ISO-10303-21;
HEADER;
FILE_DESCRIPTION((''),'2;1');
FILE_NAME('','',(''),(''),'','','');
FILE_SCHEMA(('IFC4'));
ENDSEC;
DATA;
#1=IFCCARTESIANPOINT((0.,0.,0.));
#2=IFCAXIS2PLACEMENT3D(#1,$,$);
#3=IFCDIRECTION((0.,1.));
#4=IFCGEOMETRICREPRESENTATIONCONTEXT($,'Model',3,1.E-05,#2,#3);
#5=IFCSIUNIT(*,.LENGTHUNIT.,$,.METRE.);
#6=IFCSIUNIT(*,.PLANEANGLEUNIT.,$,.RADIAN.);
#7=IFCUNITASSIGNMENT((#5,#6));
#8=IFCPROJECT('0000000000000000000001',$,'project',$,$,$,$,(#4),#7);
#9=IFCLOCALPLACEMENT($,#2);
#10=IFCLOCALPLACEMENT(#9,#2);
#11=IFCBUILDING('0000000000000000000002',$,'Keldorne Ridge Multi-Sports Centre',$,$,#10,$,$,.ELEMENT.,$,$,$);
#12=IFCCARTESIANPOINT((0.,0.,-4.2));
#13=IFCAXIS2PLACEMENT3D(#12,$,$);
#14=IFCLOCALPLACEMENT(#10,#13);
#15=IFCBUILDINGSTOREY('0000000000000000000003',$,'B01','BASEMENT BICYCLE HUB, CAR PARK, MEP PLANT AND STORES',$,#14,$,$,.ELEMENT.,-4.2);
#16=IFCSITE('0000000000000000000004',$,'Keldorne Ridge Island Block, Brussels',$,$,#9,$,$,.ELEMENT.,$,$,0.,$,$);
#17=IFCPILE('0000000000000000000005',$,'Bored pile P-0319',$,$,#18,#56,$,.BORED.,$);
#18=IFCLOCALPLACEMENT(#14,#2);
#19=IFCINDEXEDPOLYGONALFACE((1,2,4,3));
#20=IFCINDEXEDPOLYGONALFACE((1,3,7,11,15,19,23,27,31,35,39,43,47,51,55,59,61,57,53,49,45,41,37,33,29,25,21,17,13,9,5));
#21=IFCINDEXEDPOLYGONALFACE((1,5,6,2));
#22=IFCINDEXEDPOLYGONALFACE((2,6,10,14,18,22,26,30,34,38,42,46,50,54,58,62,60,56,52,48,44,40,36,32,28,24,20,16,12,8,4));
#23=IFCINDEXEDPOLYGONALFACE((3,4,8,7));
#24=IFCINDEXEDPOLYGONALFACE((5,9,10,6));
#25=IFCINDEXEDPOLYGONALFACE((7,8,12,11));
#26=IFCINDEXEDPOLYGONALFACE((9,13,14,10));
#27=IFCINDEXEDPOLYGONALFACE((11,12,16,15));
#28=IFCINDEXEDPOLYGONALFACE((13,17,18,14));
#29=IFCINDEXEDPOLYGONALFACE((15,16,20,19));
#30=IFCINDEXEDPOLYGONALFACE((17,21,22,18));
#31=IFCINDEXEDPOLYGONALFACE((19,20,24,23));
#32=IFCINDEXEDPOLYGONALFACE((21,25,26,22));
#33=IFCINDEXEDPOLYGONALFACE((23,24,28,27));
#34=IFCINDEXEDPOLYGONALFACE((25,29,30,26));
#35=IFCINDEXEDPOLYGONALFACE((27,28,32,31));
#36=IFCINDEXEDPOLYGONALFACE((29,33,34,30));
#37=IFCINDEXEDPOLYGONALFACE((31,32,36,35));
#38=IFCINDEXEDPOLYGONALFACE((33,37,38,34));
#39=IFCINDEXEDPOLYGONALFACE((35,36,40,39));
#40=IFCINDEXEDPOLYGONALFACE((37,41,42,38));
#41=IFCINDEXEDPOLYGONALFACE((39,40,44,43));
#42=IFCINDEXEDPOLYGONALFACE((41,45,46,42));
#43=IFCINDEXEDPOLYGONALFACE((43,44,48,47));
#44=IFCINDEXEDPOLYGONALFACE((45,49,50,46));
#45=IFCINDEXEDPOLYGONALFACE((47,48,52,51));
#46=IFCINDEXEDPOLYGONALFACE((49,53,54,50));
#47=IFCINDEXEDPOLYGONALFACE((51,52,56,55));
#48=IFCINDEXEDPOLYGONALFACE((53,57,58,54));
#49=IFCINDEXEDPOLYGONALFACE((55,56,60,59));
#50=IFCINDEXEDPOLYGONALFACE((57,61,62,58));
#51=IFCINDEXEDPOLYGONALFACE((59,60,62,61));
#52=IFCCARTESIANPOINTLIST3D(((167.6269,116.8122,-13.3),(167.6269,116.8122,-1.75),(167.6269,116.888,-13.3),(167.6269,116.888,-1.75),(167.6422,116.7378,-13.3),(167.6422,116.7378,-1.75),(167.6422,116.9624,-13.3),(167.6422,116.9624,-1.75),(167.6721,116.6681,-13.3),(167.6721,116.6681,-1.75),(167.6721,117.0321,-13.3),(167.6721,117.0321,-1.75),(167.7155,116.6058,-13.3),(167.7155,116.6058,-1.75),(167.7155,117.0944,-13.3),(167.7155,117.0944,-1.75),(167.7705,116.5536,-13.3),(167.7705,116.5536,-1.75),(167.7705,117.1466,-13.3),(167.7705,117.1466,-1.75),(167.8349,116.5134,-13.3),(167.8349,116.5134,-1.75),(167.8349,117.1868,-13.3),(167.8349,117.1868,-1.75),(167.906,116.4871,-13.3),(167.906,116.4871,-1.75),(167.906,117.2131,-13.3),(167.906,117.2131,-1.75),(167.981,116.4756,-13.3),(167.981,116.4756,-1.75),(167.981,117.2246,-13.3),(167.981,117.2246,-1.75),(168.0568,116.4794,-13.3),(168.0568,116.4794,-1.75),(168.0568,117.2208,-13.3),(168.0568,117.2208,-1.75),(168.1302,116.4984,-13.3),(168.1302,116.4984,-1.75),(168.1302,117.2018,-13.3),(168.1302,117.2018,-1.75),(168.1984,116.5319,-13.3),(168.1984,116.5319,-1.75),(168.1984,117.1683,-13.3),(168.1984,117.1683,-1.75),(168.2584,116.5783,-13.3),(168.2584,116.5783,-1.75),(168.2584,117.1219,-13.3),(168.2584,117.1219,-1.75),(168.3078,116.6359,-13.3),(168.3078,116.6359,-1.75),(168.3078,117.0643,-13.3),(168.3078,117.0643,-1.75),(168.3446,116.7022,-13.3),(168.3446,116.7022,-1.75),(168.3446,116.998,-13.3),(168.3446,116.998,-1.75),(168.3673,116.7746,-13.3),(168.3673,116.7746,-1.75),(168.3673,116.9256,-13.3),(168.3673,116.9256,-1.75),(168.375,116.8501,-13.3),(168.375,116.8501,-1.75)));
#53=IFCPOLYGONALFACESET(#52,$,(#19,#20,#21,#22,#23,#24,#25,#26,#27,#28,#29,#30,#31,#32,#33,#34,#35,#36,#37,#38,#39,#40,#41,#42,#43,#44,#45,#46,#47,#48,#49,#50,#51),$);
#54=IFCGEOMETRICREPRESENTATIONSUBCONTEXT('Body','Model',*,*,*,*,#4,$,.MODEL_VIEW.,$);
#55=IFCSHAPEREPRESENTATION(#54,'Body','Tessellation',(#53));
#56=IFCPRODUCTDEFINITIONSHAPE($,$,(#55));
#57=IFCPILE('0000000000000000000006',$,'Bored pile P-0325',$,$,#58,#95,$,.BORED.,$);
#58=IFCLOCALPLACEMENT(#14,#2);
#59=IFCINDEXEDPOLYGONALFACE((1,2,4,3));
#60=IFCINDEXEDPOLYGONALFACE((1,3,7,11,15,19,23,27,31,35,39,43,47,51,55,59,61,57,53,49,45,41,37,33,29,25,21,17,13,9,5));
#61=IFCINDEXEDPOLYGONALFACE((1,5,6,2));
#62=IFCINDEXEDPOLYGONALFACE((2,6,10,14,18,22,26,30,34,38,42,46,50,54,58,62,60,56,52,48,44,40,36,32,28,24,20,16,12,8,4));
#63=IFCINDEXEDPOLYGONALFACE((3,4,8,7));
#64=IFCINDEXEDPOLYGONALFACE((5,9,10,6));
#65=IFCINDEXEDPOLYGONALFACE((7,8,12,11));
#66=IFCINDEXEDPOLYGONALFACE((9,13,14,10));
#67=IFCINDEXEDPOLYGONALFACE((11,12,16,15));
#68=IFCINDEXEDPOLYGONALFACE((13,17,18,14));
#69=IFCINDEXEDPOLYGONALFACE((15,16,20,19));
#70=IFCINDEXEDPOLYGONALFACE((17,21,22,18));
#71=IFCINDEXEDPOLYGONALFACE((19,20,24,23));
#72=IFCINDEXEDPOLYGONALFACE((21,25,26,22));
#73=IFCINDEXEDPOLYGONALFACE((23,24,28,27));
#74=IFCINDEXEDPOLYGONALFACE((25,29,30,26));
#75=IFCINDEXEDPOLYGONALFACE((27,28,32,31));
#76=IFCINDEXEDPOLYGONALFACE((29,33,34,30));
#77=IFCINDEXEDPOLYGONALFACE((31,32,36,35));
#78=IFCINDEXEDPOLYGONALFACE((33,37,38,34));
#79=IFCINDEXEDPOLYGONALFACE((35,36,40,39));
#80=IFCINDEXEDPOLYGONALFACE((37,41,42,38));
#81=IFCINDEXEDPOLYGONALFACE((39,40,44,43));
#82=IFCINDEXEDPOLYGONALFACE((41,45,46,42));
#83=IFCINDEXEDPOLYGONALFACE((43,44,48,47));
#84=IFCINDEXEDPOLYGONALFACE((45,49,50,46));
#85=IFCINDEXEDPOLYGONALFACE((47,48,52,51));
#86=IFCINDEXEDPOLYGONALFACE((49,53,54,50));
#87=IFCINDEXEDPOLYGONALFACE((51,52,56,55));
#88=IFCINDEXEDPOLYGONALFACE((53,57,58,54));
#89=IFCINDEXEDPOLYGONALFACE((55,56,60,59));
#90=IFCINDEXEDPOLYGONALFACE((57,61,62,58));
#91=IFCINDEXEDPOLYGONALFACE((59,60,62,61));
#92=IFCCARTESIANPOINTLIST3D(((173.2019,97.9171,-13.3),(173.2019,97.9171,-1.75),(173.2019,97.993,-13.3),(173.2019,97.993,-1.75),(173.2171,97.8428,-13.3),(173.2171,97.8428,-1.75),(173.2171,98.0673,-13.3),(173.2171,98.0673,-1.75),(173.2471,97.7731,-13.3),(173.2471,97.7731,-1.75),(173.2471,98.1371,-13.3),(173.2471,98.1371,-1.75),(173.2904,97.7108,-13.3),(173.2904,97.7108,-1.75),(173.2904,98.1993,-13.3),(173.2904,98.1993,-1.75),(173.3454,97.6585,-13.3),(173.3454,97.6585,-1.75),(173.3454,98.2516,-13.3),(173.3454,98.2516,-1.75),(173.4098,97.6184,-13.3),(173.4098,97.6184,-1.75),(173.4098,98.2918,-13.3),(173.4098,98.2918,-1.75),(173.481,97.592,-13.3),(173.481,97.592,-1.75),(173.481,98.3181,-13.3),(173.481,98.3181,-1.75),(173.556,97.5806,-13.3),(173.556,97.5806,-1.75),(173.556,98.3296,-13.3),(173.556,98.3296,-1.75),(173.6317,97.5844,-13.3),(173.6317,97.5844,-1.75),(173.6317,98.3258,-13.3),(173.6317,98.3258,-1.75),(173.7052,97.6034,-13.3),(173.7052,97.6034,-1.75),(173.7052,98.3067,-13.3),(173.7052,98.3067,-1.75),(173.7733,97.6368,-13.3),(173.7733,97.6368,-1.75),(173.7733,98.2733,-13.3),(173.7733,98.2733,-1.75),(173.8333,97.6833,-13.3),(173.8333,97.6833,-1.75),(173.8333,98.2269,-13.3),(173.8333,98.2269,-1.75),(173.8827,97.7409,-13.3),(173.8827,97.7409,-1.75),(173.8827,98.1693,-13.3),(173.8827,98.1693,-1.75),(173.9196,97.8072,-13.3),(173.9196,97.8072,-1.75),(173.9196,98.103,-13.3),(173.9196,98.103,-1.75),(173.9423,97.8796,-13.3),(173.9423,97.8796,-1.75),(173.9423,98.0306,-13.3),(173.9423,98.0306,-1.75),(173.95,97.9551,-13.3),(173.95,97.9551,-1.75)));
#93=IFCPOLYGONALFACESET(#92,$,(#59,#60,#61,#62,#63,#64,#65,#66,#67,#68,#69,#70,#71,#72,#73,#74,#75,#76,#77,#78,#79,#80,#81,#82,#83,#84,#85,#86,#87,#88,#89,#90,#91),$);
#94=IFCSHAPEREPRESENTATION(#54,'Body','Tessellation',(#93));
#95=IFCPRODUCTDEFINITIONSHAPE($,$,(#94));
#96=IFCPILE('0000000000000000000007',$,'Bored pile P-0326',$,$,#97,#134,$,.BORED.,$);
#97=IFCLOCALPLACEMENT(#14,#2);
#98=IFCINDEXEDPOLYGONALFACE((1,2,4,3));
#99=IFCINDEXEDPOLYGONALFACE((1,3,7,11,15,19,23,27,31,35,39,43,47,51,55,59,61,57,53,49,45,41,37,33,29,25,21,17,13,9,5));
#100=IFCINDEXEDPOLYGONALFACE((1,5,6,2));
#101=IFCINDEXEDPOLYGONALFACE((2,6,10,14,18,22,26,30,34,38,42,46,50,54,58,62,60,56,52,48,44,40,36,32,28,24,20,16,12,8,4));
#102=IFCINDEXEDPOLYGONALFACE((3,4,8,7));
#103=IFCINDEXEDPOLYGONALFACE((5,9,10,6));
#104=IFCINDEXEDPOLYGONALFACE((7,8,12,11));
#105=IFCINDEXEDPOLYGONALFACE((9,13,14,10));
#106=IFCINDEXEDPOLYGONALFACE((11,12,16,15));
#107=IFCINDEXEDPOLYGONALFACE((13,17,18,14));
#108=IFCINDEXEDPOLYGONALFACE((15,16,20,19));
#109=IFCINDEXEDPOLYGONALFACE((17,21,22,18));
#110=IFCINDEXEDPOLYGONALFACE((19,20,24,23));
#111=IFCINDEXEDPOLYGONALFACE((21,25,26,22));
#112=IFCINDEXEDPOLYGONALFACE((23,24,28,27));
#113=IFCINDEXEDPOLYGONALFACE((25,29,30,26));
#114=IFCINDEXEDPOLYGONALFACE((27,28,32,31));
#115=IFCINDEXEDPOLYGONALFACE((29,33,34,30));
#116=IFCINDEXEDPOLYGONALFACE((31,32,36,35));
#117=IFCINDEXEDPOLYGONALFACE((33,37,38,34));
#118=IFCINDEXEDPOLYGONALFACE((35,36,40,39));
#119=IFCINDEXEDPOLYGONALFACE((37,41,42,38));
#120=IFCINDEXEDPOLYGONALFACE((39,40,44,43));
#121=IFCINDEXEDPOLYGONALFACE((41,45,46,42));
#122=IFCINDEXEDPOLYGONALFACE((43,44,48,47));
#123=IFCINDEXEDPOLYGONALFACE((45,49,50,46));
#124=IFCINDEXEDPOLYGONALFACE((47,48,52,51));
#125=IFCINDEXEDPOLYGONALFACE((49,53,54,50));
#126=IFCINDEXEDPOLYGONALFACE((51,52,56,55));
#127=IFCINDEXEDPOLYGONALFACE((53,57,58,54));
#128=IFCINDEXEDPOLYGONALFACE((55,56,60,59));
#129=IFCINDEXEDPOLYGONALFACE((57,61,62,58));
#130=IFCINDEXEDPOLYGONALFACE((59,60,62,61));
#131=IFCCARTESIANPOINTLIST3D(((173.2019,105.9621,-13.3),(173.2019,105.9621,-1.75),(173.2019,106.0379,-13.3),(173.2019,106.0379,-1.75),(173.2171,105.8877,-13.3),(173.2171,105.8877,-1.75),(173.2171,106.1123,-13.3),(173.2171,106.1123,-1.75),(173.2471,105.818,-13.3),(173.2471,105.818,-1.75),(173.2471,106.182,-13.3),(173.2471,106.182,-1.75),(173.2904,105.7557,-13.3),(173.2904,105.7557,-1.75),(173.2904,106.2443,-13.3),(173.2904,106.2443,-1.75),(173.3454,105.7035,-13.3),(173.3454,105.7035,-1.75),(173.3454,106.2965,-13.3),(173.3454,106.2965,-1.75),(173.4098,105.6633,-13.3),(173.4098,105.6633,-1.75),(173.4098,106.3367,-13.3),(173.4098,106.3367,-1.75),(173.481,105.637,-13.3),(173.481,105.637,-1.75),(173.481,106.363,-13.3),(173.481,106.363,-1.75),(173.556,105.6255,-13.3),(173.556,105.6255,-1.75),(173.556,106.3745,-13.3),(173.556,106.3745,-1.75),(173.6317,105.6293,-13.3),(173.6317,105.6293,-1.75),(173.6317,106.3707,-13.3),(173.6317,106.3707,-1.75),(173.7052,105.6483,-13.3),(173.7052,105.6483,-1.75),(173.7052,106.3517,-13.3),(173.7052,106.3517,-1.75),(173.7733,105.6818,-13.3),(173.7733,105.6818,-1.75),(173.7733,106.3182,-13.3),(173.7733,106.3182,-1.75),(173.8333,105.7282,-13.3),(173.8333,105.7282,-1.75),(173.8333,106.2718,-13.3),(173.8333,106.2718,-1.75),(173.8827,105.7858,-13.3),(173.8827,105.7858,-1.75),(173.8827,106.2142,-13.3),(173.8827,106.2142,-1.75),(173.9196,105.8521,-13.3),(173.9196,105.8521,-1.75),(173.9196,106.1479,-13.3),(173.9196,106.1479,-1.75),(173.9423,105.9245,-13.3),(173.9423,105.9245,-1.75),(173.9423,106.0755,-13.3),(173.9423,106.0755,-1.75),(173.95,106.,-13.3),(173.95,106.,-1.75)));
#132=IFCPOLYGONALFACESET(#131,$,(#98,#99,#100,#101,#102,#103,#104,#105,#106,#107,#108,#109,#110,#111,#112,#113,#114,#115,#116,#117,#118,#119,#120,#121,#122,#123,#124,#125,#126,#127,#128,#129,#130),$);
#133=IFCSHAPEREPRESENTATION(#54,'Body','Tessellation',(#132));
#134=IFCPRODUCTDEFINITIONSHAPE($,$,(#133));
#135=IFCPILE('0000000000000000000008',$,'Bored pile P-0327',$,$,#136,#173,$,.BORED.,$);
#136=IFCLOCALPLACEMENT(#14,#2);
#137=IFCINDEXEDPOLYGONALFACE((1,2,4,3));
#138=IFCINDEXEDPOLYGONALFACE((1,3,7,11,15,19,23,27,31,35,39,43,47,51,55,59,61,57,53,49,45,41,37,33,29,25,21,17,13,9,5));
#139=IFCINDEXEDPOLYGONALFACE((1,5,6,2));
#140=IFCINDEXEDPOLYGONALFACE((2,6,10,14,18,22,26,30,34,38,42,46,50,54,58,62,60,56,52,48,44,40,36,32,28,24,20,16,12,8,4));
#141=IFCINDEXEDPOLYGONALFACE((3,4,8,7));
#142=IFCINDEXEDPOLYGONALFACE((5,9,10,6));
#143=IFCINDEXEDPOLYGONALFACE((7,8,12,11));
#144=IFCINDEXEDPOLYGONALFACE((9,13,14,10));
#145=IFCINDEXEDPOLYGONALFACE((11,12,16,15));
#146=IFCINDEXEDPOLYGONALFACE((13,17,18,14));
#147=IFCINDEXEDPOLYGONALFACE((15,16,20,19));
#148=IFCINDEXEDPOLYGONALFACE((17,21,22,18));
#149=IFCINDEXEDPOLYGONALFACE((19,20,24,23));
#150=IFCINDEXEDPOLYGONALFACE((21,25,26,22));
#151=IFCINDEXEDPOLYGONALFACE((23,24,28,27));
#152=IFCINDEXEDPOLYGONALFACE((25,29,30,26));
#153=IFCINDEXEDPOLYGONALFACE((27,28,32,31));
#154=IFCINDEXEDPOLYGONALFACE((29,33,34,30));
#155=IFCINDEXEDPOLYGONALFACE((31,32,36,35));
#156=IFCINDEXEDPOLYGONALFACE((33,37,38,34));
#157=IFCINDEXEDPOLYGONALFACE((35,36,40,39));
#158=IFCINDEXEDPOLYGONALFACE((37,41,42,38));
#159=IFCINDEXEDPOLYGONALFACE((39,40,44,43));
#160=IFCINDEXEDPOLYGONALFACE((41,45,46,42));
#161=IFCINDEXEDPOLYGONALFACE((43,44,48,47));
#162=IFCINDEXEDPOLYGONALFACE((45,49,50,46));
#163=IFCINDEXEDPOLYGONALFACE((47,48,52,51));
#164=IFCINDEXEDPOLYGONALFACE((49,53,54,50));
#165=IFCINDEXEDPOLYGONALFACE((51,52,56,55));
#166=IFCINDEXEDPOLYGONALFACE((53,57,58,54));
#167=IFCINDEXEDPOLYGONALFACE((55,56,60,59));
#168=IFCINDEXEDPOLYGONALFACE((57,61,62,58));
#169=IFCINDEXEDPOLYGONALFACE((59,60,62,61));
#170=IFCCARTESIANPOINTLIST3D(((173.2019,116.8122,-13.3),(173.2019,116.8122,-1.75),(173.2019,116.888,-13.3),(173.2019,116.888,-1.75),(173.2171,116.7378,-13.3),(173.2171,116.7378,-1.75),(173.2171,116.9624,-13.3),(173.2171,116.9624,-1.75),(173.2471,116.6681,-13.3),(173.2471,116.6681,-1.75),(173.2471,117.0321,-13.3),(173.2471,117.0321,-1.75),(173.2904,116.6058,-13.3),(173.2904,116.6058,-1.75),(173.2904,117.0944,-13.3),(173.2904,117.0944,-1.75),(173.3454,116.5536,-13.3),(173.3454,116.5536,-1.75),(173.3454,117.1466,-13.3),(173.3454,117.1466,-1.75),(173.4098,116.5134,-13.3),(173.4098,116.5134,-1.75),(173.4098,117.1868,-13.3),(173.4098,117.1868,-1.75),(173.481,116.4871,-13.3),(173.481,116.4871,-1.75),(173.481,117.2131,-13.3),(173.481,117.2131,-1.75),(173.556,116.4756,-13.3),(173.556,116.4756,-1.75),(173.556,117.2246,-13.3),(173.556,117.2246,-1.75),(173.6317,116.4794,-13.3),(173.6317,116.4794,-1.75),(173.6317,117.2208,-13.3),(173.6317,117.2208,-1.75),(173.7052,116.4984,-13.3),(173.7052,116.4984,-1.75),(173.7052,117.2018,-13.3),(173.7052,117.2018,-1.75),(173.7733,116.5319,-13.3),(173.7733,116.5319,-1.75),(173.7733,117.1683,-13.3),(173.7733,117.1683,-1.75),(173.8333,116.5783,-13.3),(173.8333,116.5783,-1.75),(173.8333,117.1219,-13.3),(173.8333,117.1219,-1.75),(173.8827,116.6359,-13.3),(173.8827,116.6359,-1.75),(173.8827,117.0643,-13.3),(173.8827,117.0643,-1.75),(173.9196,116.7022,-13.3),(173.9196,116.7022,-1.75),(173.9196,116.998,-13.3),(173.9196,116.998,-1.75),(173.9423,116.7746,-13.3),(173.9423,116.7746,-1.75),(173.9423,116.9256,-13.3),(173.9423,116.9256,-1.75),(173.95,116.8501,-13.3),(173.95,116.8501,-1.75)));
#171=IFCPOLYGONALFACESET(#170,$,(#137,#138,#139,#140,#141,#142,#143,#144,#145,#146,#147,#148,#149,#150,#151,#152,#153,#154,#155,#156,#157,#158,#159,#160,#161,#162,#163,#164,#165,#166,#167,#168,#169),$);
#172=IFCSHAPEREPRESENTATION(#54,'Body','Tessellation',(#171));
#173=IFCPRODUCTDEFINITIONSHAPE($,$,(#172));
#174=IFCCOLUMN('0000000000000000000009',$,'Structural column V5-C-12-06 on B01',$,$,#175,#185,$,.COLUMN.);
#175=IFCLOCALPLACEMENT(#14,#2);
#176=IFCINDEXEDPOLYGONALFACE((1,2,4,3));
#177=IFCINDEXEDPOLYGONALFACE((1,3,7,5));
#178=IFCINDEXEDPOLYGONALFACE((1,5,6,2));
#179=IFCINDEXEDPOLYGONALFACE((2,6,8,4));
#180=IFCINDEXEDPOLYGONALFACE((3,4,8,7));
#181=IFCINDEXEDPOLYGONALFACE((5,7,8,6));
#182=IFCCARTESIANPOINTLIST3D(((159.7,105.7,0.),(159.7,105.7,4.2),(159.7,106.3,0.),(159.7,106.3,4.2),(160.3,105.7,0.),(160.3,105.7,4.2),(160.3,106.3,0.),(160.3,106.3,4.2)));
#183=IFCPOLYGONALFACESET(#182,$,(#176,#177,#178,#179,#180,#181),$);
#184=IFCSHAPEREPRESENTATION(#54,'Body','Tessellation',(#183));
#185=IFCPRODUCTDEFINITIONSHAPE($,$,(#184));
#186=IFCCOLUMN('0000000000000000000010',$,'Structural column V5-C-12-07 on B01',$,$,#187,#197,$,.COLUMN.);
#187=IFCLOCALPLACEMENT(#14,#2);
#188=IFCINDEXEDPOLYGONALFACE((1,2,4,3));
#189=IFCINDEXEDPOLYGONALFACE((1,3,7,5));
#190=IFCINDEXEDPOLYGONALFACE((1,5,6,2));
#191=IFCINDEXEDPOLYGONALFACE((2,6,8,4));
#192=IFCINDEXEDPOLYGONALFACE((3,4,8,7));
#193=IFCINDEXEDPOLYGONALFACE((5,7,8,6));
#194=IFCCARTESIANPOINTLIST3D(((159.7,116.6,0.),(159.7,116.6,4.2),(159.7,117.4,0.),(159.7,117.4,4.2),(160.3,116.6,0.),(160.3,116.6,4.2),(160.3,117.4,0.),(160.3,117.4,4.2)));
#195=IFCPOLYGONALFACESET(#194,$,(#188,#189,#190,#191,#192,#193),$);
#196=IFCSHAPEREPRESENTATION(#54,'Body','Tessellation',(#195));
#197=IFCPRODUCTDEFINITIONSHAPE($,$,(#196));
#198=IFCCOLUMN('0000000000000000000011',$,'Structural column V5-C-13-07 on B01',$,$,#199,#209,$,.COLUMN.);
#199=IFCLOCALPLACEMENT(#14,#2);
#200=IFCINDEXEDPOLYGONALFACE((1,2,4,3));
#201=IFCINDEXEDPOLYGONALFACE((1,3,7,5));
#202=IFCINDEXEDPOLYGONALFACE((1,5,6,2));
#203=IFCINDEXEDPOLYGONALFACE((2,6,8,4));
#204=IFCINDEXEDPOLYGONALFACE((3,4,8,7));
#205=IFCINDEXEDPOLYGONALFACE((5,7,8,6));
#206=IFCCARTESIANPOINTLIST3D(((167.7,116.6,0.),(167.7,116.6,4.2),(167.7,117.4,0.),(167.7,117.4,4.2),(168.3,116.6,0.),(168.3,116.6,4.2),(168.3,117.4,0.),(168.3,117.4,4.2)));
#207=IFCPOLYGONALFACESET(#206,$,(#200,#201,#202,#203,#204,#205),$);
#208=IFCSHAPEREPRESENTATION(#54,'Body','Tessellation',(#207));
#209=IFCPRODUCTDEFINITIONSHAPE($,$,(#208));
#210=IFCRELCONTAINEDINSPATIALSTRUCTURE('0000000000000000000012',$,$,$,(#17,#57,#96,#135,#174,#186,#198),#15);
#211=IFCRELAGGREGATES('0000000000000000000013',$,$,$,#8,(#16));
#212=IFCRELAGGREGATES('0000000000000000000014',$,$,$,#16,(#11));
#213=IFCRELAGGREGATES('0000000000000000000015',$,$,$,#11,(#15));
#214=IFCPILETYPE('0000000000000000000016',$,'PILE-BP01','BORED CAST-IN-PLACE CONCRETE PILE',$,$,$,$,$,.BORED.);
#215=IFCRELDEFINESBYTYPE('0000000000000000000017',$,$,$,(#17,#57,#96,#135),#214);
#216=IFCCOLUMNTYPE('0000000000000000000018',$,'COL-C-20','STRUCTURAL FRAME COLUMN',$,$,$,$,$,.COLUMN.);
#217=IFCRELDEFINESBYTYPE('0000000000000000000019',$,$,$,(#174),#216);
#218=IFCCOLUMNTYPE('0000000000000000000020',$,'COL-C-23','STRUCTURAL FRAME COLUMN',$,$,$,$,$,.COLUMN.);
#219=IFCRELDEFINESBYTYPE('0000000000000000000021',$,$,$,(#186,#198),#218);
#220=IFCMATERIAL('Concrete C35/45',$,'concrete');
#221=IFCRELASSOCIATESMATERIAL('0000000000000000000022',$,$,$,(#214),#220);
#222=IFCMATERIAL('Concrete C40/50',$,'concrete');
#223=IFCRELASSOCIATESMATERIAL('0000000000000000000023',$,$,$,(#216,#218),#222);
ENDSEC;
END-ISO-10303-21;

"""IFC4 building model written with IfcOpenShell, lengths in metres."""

from ifc_helpers import new_model, si_unit, direction, frame, origin, origin_2d, place, context, subcontext, project, spatial, rectangle, circle, extrude, material, material_profile, profile_set, type_object, element, save


model = new_model("IFC4")

# Units and contexts
model_context = context("Model", 3, precision=1e-05, world=origin(), true_north=direction((0.0, 1.0)))
body_context = subcontext(model_context, "Body", "Model", "MODEL_VIEW")
ifc_project = project(units=[si_unit("LENGTHUNIT", "METRE"), si_unit("PLANEANGLEUNIT", "RADIAN")], contexts=[model_context])

# Site, building, storey
site_placement = place(None, origin())
site = spatial("IfcSite", under=ifc_project, at=site_placement, Name="Keldorne Ridge Island Block, Brussels", CompositionType="ELEMENT", RefElevation=0.0)
building_placement = place(site_placement, origin())
building = spatial("IfcBuilding", under=site, at=building_placement, Name="Keldorne Ridge Multi-Sports Centre", CompositionType="ELEMENT")
storey_placement = place(building_placement, frame((0.0, 0.0, -4.2)))
storey = spatial("IfcBuildingStorey", under=building, at=storey_placement, Name="B01", Description="BASEMENT BICYCLE HUB, CAR PARK, MEP PLANT AND STORES", CompositionType="ELEMENT", Elevation=-4.2)

# Shared definitions
ifc_material_1 = material(Name="Concrete C35/45", Category="concrete")

# Piles
ifc_material_profile_1 = material_profile(ifc_material_1, circle(Radius=0.375, at=origin_2d()), Name="BORED PILE D750")
ifc_profile_set_1 = profile_set([ifc_material_profile_1], Name="Concrete C35/45")
pile_type = type_object("IfcPileType", Name="PILE-BP01", Description="BORED CAST-IN-PLACE CONCRETE PILE", PredefinedType="BORED", material=ifc_profile_set_1)
for number, where, z_axis, x_axis, name in (
    (1, (168.0, 116.8501, -1.75), (0.0, 0.0, -1.0), (1.0, 0.0, 0.0), "Bored pile P-0319"),
    (2, (173.575, 97.9551, -1.75), (0.0, 0.0, -1.0), (1.0, 0.0, 0.0), "Bored pile P-0325"),
    (3, (173.575, 106.0, -1.75), (0.0, 0.0, -1.0), (1.0, 0.0, 0.0), "Bored pile P-0326"),
    (4, (173.575, 116.8501, -1.75), (0.0, 0.0, -1.0), (1.0, 0.0, 0.0), "Bored pile P-0327"),
):
    element("IfcPile", number, at=place(storey_placement, frame(where, z_axis=z_axis, x_axis=x_axis)), inside=storey, type_object=pile_type, Name=name, PredefinedType="BORED", context=body_context, shape_type="SweptSolid", body=[
        extrude(circle(Radius=0.375, at=origin_2d()), origin(), (0.0, 0.0, 1.0), 11.55),
    ])

# Columns
ifc_material_2 = material(Name="Concrete C40/50", Category="concrete")
ifc_material_profile_2 = material_profile(ifc_material_2, rectangle(XDim=0.6001, YDim=0.6001, at=origin_2d()), Name="RC 600x600")
ifc_profile_set_2 = profile_set([ifc_material_profile_2], Name="Concrete C40/50")
column_type_1 = type_object("IfcColumnType", Name="COL-C-20", Description="STRUCTURAL FRAME COLUMN", PredefinedType="COLUMN", material=ifc_profile_set_2)
column_placement = place(storey_placement, frame((160.0, 106.0, 0.0), z_axis=(0.0, 0.0, 1.0), x_axis=(1.0, 0.0, 0.0)))
element("IfcColumn", 5, at=column_placement, inside=storey, type_object=column_type_1, Name="Structural column V5-C-12-06 on B01", PredefinedType="COLUMN", context=body_context, shape_type="SweptSolid", body=[
    extrude(rectangle(XDim=0.6001, YDim=0.6001, at=origin_2d()), origin(), (0.0, 0.0, 1.0), 4.2),
])
ifc_material_profile_3 = material_profile(ifc_material_2, rectangle(XDim=0.6001, YDim=0.8, at=origin_2d()), Name="RC 600x800")
ifc_profile_set_3 = profile_set([ifc_material_profile_3], Name="Concrete C40/50")
column_type_2 = type_object("IfcColumnType", Name="COL-C-23", Description="STRUCTURAL FRAME COLUMN", PredefinedType="COLUMN", material=ifc_profile_set_3)
for number, where, z_axis, x_axis, name in (
    (6, (160.0, 117.0, 0.0), (0.0, 0.0, 1.0), (1.0, 0.0, 0.0), "Structural column V5-C-12-07 on B01"),
    (7, (168.0, 117.0, 0.0), (0.0, 0.0, 1.0), (1.0, 0.0, 0.0), "Structural column V5-C-13-07 on B01"),
):
    element("IfcColumn", number, at=place(storey_placement, frame(where, z_axis=z_axis, x_axis=x_axis)), inside=storey, type_object=column_type_2, Name=name, PredefinedType="COLUMN", context=body_context, shape_type="SweptSolid", body=[
        extrude(rectangle(XDim=0.6001, YDim=0.8, at=origin_2d()), origin(), (0.0, 0.0, 1.0), 4.2),
    ])

save(model, "model.ifc")
